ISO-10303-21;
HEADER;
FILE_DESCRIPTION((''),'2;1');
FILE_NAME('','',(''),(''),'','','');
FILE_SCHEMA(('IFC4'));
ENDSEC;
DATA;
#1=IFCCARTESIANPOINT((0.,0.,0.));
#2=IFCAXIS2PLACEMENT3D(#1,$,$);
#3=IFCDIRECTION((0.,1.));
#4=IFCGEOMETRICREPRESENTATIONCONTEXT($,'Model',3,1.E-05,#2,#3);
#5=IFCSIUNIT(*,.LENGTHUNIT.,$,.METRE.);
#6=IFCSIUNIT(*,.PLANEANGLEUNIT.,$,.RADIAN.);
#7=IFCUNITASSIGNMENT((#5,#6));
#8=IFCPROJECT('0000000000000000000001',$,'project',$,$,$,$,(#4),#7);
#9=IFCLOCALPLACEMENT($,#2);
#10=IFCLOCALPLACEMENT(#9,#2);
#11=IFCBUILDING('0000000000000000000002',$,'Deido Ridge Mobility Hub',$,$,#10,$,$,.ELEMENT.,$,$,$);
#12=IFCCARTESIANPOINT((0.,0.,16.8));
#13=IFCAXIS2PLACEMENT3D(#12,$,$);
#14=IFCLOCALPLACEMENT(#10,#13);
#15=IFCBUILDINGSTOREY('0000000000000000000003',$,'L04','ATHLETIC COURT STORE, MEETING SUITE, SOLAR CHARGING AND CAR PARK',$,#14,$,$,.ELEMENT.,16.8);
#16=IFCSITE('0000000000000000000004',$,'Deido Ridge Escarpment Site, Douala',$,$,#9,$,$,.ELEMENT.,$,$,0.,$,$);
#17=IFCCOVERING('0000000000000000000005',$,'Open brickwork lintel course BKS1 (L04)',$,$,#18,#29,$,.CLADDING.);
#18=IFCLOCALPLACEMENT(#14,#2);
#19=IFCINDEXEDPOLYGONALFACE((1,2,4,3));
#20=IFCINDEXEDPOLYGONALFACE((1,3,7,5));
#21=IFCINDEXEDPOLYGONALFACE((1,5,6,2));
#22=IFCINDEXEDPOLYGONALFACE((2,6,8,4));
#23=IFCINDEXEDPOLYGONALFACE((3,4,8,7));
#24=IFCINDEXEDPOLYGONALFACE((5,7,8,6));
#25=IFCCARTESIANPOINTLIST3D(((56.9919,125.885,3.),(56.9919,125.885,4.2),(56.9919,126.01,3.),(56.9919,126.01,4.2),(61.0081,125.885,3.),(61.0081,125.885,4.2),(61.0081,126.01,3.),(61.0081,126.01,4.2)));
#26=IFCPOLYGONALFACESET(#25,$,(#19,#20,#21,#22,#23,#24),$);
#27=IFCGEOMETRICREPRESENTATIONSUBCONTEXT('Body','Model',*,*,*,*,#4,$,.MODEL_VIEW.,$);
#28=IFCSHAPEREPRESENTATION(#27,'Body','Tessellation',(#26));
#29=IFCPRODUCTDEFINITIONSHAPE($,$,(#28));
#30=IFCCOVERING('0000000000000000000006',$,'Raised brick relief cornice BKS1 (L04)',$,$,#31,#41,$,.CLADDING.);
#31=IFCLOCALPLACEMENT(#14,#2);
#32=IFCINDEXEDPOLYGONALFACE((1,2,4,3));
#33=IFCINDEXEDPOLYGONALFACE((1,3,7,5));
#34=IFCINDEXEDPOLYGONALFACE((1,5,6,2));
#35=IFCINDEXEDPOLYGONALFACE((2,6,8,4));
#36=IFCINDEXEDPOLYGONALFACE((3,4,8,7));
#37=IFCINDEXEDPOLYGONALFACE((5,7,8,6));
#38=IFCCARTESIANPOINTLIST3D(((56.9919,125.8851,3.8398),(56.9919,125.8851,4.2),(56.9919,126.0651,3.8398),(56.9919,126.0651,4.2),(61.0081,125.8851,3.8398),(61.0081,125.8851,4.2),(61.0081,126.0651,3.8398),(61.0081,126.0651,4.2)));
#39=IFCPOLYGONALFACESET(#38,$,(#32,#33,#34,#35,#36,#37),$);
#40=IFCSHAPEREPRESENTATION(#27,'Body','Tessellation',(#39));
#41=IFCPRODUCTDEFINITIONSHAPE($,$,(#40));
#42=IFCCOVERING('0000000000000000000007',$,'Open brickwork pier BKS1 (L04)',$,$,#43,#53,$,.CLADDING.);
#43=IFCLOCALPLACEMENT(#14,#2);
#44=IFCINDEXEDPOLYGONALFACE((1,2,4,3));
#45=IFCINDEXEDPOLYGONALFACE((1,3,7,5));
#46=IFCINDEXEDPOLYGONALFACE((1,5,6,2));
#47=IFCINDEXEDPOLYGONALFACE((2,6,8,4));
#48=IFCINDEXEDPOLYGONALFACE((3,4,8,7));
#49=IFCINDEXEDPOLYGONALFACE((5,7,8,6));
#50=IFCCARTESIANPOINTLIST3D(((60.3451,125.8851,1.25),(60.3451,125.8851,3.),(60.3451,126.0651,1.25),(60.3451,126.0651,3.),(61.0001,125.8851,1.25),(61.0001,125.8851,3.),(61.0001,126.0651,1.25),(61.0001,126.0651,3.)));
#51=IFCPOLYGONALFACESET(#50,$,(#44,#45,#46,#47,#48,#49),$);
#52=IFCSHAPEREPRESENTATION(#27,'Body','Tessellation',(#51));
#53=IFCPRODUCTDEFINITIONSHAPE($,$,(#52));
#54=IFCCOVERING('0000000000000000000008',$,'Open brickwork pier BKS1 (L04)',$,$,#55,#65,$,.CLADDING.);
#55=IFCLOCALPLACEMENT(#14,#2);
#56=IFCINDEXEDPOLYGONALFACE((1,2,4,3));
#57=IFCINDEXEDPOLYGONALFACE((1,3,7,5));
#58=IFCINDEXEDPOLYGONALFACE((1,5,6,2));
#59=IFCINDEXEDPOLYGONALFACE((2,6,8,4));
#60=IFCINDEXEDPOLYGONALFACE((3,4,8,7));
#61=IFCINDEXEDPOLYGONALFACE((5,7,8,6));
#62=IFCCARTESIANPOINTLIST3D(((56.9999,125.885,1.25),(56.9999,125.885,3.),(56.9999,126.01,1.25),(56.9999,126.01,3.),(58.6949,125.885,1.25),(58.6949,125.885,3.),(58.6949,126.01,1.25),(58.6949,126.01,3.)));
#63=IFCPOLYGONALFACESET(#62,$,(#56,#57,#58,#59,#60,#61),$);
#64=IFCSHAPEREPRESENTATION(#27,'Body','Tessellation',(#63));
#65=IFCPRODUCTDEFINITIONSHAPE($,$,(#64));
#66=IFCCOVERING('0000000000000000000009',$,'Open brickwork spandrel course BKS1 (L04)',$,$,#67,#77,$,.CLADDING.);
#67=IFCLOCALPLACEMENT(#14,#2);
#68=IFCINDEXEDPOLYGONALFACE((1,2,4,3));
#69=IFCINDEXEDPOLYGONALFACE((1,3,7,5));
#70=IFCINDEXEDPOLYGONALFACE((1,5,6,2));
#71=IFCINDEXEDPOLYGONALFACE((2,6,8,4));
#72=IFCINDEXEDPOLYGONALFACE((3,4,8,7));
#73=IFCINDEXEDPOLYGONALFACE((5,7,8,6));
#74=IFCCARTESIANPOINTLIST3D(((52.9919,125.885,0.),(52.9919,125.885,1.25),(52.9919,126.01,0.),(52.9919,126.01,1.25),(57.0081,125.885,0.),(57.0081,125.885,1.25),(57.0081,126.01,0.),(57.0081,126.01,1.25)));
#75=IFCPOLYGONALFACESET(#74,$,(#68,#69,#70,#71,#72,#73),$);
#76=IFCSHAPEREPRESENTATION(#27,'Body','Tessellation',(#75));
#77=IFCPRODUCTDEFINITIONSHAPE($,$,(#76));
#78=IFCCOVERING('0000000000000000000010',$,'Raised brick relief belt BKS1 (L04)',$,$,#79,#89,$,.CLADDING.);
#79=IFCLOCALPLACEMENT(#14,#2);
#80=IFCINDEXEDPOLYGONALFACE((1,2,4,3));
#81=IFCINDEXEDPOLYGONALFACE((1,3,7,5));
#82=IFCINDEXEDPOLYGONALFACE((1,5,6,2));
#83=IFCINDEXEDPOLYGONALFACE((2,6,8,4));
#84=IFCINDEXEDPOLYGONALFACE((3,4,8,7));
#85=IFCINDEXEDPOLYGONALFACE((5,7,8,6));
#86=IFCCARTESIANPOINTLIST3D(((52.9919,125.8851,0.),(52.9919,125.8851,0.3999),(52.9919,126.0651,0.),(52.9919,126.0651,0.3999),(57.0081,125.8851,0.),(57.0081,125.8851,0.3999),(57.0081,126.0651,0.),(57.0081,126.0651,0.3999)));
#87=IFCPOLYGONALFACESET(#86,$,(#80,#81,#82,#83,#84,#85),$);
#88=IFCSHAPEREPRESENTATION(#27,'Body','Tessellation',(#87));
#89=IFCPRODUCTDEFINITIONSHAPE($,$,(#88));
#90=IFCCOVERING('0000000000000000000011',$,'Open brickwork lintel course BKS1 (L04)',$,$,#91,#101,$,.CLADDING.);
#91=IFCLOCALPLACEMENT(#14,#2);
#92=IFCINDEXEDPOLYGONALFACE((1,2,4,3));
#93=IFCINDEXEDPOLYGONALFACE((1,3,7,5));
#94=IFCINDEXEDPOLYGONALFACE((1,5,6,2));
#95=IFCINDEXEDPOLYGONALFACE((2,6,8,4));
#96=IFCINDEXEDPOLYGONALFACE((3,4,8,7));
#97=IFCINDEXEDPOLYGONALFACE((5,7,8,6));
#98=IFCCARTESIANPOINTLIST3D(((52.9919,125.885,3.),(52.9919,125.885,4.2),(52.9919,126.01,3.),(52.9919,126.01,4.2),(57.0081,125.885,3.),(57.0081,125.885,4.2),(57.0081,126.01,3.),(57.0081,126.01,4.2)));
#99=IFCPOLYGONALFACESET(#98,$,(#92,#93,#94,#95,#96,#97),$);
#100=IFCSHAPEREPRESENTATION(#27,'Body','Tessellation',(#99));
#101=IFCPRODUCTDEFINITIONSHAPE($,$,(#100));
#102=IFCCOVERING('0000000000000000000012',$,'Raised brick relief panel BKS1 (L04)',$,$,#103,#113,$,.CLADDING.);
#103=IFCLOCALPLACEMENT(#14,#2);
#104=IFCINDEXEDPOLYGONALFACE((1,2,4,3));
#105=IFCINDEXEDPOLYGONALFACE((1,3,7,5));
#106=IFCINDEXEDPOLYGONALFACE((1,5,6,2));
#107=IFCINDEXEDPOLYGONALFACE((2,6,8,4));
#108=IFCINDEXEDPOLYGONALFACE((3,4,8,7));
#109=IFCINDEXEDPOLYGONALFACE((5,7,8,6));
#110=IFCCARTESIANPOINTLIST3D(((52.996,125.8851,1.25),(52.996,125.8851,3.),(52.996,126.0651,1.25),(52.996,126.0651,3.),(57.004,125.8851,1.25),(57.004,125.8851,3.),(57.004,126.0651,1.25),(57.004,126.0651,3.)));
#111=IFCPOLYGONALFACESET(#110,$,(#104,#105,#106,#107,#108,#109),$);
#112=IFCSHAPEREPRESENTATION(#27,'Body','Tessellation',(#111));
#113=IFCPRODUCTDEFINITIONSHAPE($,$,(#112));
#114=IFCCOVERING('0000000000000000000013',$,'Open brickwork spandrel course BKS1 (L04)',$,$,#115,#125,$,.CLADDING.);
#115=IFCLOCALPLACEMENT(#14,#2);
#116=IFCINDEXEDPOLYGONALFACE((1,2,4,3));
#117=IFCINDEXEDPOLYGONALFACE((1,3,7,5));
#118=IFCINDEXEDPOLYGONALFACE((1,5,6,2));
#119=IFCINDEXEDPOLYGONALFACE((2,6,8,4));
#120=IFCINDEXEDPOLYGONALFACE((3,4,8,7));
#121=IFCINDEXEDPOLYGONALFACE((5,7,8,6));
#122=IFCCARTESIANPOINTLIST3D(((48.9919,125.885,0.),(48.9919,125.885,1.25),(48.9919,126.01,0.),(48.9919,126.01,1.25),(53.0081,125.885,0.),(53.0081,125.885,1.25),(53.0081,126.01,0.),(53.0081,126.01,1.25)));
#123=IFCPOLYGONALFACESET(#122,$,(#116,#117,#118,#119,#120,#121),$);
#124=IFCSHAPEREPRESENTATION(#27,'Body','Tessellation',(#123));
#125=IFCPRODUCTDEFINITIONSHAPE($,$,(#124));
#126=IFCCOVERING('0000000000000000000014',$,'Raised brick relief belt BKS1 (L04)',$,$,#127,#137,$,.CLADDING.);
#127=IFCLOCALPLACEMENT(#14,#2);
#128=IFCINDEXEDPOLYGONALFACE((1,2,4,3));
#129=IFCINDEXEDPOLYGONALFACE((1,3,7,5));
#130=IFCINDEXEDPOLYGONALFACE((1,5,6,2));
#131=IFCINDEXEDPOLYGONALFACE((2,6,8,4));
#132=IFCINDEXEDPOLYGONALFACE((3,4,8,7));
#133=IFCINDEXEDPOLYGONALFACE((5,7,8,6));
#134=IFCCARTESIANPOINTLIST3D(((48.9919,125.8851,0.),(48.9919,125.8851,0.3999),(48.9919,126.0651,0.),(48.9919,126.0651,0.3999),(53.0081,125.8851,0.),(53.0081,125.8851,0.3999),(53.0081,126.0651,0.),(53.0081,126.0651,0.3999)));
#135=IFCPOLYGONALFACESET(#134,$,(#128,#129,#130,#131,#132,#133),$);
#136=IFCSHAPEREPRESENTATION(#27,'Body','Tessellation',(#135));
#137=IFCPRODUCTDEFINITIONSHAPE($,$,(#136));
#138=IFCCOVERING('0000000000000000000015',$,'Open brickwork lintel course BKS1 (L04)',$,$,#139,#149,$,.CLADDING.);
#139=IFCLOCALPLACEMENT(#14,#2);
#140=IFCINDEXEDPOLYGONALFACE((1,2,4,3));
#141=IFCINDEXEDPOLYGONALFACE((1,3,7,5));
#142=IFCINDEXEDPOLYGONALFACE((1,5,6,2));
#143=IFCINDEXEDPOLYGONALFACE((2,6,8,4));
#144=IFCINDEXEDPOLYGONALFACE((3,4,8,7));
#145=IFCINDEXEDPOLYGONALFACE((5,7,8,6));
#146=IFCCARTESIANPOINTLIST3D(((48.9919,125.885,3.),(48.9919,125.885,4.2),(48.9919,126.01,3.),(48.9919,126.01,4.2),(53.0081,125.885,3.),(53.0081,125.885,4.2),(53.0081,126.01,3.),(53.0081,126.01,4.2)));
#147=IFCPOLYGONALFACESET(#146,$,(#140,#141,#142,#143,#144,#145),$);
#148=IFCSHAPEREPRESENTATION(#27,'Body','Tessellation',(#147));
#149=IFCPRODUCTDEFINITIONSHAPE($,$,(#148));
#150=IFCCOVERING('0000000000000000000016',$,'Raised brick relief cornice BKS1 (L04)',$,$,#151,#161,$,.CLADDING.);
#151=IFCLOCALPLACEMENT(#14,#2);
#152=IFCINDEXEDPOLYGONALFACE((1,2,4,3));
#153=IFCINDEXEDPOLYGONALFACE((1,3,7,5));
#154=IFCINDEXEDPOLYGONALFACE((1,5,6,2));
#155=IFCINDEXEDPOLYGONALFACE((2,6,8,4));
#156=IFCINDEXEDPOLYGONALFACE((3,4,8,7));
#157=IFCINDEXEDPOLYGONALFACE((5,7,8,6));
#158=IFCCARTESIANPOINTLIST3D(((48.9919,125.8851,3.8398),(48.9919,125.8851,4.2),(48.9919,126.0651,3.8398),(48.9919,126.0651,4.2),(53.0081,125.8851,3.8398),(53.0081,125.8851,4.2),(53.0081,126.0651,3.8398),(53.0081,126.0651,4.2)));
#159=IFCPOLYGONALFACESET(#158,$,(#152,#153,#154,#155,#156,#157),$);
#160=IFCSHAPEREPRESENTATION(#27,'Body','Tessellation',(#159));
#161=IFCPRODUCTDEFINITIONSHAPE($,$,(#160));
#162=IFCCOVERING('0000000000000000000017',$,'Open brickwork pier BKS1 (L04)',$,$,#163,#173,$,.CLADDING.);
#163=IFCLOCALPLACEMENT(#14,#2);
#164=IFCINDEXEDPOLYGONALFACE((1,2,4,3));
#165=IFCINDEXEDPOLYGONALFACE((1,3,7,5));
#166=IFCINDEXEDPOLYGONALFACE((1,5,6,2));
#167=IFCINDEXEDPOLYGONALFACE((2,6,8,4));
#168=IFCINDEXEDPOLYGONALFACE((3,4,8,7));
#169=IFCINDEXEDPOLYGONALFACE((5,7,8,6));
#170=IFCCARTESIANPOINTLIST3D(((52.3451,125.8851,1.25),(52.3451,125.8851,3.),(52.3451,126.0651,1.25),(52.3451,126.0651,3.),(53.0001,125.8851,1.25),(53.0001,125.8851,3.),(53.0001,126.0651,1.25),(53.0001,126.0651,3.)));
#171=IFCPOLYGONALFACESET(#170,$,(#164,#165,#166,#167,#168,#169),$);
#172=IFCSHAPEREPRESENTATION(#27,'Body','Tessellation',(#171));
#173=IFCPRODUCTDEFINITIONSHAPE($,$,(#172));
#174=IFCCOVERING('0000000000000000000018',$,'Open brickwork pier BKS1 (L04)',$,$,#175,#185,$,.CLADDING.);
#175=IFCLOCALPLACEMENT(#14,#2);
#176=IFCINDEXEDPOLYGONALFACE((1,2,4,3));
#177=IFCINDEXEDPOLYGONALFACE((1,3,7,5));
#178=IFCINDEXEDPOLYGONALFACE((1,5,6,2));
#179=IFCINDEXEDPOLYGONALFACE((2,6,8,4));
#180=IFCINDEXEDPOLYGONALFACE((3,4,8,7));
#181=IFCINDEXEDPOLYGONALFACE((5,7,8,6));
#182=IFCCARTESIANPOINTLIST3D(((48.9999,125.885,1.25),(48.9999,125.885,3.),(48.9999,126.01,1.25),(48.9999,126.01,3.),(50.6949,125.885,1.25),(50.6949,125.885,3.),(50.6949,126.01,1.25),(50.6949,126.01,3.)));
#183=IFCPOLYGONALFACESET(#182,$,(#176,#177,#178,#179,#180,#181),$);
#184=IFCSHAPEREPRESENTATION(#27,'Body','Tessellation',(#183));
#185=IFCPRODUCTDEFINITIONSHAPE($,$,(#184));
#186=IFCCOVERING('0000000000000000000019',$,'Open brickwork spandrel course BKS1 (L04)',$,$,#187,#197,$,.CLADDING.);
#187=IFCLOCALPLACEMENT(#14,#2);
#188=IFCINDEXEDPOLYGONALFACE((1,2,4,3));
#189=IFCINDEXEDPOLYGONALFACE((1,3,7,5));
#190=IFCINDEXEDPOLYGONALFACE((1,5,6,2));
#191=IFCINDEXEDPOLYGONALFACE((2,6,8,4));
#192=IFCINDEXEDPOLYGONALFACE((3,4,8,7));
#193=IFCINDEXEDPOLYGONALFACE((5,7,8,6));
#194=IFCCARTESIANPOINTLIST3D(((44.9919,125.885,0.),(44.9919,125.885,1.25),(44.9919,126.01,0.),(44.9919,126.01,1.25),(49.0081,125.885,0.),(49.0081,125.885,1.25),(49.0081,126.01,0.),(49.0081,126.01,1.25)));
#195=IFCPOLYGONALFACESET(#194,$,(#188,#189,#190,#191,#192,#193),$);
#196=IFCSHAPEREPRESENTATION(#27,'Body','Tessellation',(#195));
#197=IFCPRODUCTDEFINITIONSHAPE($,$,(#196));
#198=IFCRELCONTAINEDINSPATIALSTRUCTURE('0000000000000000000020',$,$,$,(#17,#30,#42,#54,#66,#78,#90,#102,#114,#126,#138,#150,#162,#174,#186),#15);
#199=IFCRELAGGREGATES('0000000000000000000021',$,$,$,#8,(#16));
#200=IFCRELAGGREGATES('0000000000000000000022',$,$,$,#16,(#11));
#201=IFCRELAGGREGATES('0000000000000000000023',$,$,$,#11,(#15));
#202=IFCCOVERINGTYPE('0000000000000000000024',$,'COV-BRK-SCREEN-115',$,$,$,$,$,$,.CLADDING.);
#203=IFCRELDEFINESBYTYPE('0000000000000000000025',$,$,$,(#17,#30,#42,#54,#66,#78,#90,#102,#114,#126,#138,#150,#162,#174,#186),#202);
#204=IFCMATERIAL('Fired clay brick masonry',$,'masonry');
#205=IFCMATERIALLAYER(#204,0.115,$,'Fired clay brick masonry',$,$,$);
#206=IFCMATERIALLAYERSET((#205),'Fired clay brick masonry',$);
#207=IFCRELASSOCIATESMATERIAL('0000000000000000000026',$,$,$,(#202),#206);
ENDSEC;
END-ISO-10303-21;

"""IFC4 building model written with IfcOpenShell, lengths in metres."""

from ifc_helpers import new_model, si_unit, direction, frame, origin, origin_2d, place, context, subcontext, project, spatial, rectangle, extrude, material, layer, layer_set, type_object, element, save


model = new_model("IFC4")

# Units and contexts
model_context = context("Model", 3, precision=1e-05, world=origin(), true_north=direction((0.0, 1.0)))
body_context = subcontext(model_context, "Body", "Model", "MODEL_VIEW")
ifc_project = project(units=[si_unit("LENGTHUNIT", "METRE"), si_unit("PLANEANGLEUNIT", "RADIAN")], contexts=[model_context])

# Site, building, storey
site_placement = place(None, origin())
site = spatial("IfcSite", under=ifc_project, at=site_placement, Name="Deido Ridge Escarpment Site, Douala", CompositionType="ELEMENT", RefElevation=0.0)
building_placement = place(site_placement, origin())
building = spatial("IfcBuilding", under=site, at=building_placement, Name="Deido Ridge Mobility Hub", CompositionType="ELEMENT")
storey_placement = place(building_placement, frame((0.0, 0.0, 16.8)))
storey = spatial("IfcBuildingStorey", under=building, at=storey_placement, Name="L04", Description="ATHLETIC COURT STORE, MEETING SUITE, SOLAR CHARGING AND CAR PARK", CompositionType="ELEMENT", Elevation=16.8)

# Coverings
ifc_material_1 = material(Name="Fired clay brick masonry", Category="masonry")
ifc_layer = layer(ifc_material_1, 0.115, Name="Fired clay brick masonry")
ifc_layer_set = layer_set([ifc_layer], Name="Fired clay brick masonry")
covering_type = type_object("IfcCoveringType", Name="COV-BRK-SCREEN-115", PredefinedType="CLADDING", material=ifc_layer_set)
covering_1_placement = place(storey_placement, frame((59.0, 125.9475, 3.0), z_axis=(0.0, 0.0, 1.0), x_axis=(-1.0, 0.0, 0.0)))
element("IfcCovering", 1, at=covering_1_placement, inside=storey, type_object=covering_type, Name="Open brickwork lintel course BKS1 (L04)", PredefinedType="CLADDING", context=body_context, shape_type="SweptSolid", body=[
    extrude(rectangle(XDim=4.0161, YDim=0.125, at=origin_2d()), origin(), (0.0, 0.0, 1.0), 1.2),
])
covering_2_placement = place(storey_placement, frame((59.0, 125.9751, 3.8398), z_axis=(0.0, 0.0, 1.0), x_axis=(-1.0, 0.0, 0.0)))
element("IfcCovering", 2, at=covering_2_placement, inside=storey, type_object=covering_type, Name="Raised brick relief cornice BKS1 (L04)", PredefinedType="CLADDING", context=body_context, shape_type="SweptSolid", body=[
    extrude(rectangle(XDim=4.0161, YDim=0.1799, at=origin_2d()), origin(), (0.0, 0.0, 1.0), 0.3601),
])
covering_3_placement = place(storey_placement, frame((60.6726, 125.9751, 1.25), z_axis=(0.0, 0.0, 1.0), x_axis=(-1.0, 0.0, 0.0)))
element("IfcCovering", 3, at=covering_3_placement, inside=storey, type_object=covering_type, Name="Open brickwork pier BKS1 (L04)", PredefinedType="CLADDING", context=body_context, shape_type="SweptSolid", body=[
    extrude(rectangle(XDim=0.655, YDim=0.1799, at=origin_2d()), origin(), (0.0, 0.0, 1.0), 1.75),
])
covering_4_placement = place(storey_placement, frame((57.8474, 125.9475, 1.25), z_axis=(0.0, 0.0, 1.0), x_axis=(-1.0, 0.0, 0.0)))
element("IfcCovering", 4, at=covering_4_placement, inside=storey, type_object=covering_type, Name="Open brickwork pier BKS1 (L04)", PredefinedType="CLADDING", context=body_context, shape_type="SweptSolid", body=[
    extrude(rectangle(XDim=1.6951, YDim=0.125, at=origin_2d()), origin(), (0.0, 0.0, 1.0), 1.75),
])
covering_5_placement = place(storey_placement, frame((55.0, 125.9475, 0.0), z_axis=(0.0, 0.0, 1.0), x_axis=(-1.0, 0.0, 0.0)))
element("IfcCovering", 5, at=covering_5_placement, inside=storey, type_object=covering_type, Name="Open brickwork spandrel course BKS1 (L04)", PredefinedType="CLADDING", context=body_context, shape_type="SweptSolid", body=[
    extrude(rectangle(XDim=4.0161, YDim=0.125, at=origin_2d()), origin(), (0.0, 0.0, 1.0), 1.25),
])
covering_6_placement = place(storey_placement, frame((55.0, 125.9751, 0.0), z_axis=(0.0, 0.0, 1.0), x_axis=(-1.0, 0.0, 0.0)))
element("IfcCovering", 6, at=covering_6_placement, inside=storey, type_object=covering_type, Name="Raised brick relief belt BKS1 (L04)", PredefinedType="CLADDING", context=body_context, shape_type="SweptSolid", body=[
    extrude(rectangle(XDim=4.0161, YDim=0.1799, at=origin_2d()), origin(), (0.0, 0.0, 1.0), 0.3999),
])
covering_7_placement = place(storey_placement, frame((55.0, 125.9475, 3.0), z_axis=(0.0, 0.0, 1.0), x_axis=(-1.0, 0.0, 0.0)))
element("IfcCovering", 7, at=covering_7_placement, inside=storey, type_object=covering_type, Name="Open brickwork lintel course BKS1 (L04)", PredefinedType="CLADDING", context=body_context, shape_type="SweptSolid", body=[
    extrude(rectangle(XDim=4.0161, YDim=0.125, at=origin_2d()), origin(), (0.0, 0.0, 1.0), 1.2),
])
covering_8_placement = place(storey_placement, frame((55.0, 125.9751, 1.25), z_axis=(0.0, 0.0, 1.0), x_axis=(-1.0, 0.0, 0.0)))
element("IfcCovering", 8, at=covering_8_placement, inside=storey, type_object=covering_type, Name="Raised brick relief panel BKS1 (L04)", PredefinedType="CLADDING", context=body_context, shape_type="SweptSolid", body=[
    extrude(rectangle(XDim=4.0081, YDim=0.1799, at=origin_2d()), origin(), (0.0, 0.0, 1.0), 1.75),
])
covering_9_placement = place(storey_placement, frame((51.0, 125.9475, 0.0), z_axis=(0.0, 0.0, 1.0), x_axis=(-1.0, 0.0, 0.0)))
element("IfcCovering", 9, at=covering_9_placement, inside=storey, type_object=covering_type, Name="Open brickwork spandrel course BKS1 (L04)", PredefinedType="CLADDING", context=body_context, shape_type="SweptSolid", body=[
    extrude(rectangle(XDim=4.0161, YDim=0.125, at=origin_2d()), origin(), (0.0, 0.0, 1.0), 1.25),
])
covering_10_placement = place(storey_placement, frame((51.0, 125.9751, 0.0), z_axis=(0.0, 0.0, 1.0), x_axis=(-1.0, 0.0, 0.0)))
element("IfcCovering", 10, at=covering_10_placement, inside=storey, type_object=covering_type, Name="Raised brick relief belt BKS1 (L04)", PredefinedType="CLADDING", context=body_context, shape_type="SweptSolid", body=[
    extrude(rectangle(XDim=4.0161, YDim=0.1799, at=origin_2d()), origin(), (0.0, 0.0, 1.0), 0.3999),
])
covering_11_placement = place(storey_placement, frame((51.0, 125.9475, 3.0), z_axis=(0.0, 0.0, 1.0), x_axis=(-1.0, 0.0, 0.0)))
element("IfcCovering", 11, at=covering_11_placement, inside=storey, type_object=covering_type, Name="Open brickwork lintel course BKS1 (L04)", PredefinedType="CLADDING", context=body_context, shape_type="SweptSolid", body=[
    extrude(rectangle(XDim=4.0161, YDim=0.125, at=origin_2d()), origin(), (0.0, 0.0, 1.0), 1.2),
])
covering_12_placement = place(storey_placement, frame((51.0, 125.9751, 3.8398), z_axis=(0.0, 0.0, 1.0), x_axis=(-1.0, 0.0, 0.0)))
element("IfcCovering", 12, at=covering_12_placement, inside=storey, type_object=covering_type, Name="Raised brick relief cornice BKS1 (L04)", PredefinedType="CLADDING", context=body_context, shape_type="SweptSolid", body=[
    extrude(rectangle(XDim=4.0161, YDim=0.1799, at=origin_2d()), origin(), (0.0, 0.0, 1.0), 0.3601),
])
covering_13_placement = place(storey_placement, frame((52.6726, 125.9751, 1.25), z_axis=(0.0, 0.0, 1.0), x_axis=(-1.0, 0.0, 0.0)))
element("IfcCovering", 13, at=covering_13_placement, inside=storey, type_object=covering_type, Name="Open brickwork pier BKS1 (L04)", PredefinedType="CLADDING", context=body_context, shape_type="SweptSolid", body=[
    extrude(rectangle(XDim=0.655, YDim=0.1799, at=origin_2d()), origin(), (0.0, 0.0, 1.0), 1.75),
])
covering_14_placement = place(storey_placement, frame((49.8474, 125.9475, 1.25), z_axis=(0.0, 0.0, 1.0), x_axis=(-1.0, 0.0, 0.0)))
element("IfcCovering", 14, at=covering_14_placement, inside=storey, type_object=covering_type, Name="Open brickwork pier BKS1 (L04)", PredefinedType="CLADDING", context=body_context, shape_type="SweptSolid", body=[
    extrude(rectangle(XDim=1.6951, YDim=0.125, at=origin_2d()), origin(), (0.0, 0.0, 1.0), 1.75),
])
covering_15_placement = place(storey_placement, frame((47.0, 125.9475, 0.0), z_axis=(0.0, 0.0, 1.0), x_axis=(-1.0, 0.0, 0.0)))
element("IfcCovering", 15, at=covering_15_placement, inside=storey, type_object=covering_type, Name="Open brickwork spandrel course BKS1 (L04)", PredefinedType="CLADDING", context=body_context, shape_type="SweptSolid", body=[
    extrude(rectangle(XDim=4.0161, YDim=0.125, at=origin_2d()), origin(), (0.0, 0.0, 1.0), 1.25),
])

save(model, "model.ifc")
